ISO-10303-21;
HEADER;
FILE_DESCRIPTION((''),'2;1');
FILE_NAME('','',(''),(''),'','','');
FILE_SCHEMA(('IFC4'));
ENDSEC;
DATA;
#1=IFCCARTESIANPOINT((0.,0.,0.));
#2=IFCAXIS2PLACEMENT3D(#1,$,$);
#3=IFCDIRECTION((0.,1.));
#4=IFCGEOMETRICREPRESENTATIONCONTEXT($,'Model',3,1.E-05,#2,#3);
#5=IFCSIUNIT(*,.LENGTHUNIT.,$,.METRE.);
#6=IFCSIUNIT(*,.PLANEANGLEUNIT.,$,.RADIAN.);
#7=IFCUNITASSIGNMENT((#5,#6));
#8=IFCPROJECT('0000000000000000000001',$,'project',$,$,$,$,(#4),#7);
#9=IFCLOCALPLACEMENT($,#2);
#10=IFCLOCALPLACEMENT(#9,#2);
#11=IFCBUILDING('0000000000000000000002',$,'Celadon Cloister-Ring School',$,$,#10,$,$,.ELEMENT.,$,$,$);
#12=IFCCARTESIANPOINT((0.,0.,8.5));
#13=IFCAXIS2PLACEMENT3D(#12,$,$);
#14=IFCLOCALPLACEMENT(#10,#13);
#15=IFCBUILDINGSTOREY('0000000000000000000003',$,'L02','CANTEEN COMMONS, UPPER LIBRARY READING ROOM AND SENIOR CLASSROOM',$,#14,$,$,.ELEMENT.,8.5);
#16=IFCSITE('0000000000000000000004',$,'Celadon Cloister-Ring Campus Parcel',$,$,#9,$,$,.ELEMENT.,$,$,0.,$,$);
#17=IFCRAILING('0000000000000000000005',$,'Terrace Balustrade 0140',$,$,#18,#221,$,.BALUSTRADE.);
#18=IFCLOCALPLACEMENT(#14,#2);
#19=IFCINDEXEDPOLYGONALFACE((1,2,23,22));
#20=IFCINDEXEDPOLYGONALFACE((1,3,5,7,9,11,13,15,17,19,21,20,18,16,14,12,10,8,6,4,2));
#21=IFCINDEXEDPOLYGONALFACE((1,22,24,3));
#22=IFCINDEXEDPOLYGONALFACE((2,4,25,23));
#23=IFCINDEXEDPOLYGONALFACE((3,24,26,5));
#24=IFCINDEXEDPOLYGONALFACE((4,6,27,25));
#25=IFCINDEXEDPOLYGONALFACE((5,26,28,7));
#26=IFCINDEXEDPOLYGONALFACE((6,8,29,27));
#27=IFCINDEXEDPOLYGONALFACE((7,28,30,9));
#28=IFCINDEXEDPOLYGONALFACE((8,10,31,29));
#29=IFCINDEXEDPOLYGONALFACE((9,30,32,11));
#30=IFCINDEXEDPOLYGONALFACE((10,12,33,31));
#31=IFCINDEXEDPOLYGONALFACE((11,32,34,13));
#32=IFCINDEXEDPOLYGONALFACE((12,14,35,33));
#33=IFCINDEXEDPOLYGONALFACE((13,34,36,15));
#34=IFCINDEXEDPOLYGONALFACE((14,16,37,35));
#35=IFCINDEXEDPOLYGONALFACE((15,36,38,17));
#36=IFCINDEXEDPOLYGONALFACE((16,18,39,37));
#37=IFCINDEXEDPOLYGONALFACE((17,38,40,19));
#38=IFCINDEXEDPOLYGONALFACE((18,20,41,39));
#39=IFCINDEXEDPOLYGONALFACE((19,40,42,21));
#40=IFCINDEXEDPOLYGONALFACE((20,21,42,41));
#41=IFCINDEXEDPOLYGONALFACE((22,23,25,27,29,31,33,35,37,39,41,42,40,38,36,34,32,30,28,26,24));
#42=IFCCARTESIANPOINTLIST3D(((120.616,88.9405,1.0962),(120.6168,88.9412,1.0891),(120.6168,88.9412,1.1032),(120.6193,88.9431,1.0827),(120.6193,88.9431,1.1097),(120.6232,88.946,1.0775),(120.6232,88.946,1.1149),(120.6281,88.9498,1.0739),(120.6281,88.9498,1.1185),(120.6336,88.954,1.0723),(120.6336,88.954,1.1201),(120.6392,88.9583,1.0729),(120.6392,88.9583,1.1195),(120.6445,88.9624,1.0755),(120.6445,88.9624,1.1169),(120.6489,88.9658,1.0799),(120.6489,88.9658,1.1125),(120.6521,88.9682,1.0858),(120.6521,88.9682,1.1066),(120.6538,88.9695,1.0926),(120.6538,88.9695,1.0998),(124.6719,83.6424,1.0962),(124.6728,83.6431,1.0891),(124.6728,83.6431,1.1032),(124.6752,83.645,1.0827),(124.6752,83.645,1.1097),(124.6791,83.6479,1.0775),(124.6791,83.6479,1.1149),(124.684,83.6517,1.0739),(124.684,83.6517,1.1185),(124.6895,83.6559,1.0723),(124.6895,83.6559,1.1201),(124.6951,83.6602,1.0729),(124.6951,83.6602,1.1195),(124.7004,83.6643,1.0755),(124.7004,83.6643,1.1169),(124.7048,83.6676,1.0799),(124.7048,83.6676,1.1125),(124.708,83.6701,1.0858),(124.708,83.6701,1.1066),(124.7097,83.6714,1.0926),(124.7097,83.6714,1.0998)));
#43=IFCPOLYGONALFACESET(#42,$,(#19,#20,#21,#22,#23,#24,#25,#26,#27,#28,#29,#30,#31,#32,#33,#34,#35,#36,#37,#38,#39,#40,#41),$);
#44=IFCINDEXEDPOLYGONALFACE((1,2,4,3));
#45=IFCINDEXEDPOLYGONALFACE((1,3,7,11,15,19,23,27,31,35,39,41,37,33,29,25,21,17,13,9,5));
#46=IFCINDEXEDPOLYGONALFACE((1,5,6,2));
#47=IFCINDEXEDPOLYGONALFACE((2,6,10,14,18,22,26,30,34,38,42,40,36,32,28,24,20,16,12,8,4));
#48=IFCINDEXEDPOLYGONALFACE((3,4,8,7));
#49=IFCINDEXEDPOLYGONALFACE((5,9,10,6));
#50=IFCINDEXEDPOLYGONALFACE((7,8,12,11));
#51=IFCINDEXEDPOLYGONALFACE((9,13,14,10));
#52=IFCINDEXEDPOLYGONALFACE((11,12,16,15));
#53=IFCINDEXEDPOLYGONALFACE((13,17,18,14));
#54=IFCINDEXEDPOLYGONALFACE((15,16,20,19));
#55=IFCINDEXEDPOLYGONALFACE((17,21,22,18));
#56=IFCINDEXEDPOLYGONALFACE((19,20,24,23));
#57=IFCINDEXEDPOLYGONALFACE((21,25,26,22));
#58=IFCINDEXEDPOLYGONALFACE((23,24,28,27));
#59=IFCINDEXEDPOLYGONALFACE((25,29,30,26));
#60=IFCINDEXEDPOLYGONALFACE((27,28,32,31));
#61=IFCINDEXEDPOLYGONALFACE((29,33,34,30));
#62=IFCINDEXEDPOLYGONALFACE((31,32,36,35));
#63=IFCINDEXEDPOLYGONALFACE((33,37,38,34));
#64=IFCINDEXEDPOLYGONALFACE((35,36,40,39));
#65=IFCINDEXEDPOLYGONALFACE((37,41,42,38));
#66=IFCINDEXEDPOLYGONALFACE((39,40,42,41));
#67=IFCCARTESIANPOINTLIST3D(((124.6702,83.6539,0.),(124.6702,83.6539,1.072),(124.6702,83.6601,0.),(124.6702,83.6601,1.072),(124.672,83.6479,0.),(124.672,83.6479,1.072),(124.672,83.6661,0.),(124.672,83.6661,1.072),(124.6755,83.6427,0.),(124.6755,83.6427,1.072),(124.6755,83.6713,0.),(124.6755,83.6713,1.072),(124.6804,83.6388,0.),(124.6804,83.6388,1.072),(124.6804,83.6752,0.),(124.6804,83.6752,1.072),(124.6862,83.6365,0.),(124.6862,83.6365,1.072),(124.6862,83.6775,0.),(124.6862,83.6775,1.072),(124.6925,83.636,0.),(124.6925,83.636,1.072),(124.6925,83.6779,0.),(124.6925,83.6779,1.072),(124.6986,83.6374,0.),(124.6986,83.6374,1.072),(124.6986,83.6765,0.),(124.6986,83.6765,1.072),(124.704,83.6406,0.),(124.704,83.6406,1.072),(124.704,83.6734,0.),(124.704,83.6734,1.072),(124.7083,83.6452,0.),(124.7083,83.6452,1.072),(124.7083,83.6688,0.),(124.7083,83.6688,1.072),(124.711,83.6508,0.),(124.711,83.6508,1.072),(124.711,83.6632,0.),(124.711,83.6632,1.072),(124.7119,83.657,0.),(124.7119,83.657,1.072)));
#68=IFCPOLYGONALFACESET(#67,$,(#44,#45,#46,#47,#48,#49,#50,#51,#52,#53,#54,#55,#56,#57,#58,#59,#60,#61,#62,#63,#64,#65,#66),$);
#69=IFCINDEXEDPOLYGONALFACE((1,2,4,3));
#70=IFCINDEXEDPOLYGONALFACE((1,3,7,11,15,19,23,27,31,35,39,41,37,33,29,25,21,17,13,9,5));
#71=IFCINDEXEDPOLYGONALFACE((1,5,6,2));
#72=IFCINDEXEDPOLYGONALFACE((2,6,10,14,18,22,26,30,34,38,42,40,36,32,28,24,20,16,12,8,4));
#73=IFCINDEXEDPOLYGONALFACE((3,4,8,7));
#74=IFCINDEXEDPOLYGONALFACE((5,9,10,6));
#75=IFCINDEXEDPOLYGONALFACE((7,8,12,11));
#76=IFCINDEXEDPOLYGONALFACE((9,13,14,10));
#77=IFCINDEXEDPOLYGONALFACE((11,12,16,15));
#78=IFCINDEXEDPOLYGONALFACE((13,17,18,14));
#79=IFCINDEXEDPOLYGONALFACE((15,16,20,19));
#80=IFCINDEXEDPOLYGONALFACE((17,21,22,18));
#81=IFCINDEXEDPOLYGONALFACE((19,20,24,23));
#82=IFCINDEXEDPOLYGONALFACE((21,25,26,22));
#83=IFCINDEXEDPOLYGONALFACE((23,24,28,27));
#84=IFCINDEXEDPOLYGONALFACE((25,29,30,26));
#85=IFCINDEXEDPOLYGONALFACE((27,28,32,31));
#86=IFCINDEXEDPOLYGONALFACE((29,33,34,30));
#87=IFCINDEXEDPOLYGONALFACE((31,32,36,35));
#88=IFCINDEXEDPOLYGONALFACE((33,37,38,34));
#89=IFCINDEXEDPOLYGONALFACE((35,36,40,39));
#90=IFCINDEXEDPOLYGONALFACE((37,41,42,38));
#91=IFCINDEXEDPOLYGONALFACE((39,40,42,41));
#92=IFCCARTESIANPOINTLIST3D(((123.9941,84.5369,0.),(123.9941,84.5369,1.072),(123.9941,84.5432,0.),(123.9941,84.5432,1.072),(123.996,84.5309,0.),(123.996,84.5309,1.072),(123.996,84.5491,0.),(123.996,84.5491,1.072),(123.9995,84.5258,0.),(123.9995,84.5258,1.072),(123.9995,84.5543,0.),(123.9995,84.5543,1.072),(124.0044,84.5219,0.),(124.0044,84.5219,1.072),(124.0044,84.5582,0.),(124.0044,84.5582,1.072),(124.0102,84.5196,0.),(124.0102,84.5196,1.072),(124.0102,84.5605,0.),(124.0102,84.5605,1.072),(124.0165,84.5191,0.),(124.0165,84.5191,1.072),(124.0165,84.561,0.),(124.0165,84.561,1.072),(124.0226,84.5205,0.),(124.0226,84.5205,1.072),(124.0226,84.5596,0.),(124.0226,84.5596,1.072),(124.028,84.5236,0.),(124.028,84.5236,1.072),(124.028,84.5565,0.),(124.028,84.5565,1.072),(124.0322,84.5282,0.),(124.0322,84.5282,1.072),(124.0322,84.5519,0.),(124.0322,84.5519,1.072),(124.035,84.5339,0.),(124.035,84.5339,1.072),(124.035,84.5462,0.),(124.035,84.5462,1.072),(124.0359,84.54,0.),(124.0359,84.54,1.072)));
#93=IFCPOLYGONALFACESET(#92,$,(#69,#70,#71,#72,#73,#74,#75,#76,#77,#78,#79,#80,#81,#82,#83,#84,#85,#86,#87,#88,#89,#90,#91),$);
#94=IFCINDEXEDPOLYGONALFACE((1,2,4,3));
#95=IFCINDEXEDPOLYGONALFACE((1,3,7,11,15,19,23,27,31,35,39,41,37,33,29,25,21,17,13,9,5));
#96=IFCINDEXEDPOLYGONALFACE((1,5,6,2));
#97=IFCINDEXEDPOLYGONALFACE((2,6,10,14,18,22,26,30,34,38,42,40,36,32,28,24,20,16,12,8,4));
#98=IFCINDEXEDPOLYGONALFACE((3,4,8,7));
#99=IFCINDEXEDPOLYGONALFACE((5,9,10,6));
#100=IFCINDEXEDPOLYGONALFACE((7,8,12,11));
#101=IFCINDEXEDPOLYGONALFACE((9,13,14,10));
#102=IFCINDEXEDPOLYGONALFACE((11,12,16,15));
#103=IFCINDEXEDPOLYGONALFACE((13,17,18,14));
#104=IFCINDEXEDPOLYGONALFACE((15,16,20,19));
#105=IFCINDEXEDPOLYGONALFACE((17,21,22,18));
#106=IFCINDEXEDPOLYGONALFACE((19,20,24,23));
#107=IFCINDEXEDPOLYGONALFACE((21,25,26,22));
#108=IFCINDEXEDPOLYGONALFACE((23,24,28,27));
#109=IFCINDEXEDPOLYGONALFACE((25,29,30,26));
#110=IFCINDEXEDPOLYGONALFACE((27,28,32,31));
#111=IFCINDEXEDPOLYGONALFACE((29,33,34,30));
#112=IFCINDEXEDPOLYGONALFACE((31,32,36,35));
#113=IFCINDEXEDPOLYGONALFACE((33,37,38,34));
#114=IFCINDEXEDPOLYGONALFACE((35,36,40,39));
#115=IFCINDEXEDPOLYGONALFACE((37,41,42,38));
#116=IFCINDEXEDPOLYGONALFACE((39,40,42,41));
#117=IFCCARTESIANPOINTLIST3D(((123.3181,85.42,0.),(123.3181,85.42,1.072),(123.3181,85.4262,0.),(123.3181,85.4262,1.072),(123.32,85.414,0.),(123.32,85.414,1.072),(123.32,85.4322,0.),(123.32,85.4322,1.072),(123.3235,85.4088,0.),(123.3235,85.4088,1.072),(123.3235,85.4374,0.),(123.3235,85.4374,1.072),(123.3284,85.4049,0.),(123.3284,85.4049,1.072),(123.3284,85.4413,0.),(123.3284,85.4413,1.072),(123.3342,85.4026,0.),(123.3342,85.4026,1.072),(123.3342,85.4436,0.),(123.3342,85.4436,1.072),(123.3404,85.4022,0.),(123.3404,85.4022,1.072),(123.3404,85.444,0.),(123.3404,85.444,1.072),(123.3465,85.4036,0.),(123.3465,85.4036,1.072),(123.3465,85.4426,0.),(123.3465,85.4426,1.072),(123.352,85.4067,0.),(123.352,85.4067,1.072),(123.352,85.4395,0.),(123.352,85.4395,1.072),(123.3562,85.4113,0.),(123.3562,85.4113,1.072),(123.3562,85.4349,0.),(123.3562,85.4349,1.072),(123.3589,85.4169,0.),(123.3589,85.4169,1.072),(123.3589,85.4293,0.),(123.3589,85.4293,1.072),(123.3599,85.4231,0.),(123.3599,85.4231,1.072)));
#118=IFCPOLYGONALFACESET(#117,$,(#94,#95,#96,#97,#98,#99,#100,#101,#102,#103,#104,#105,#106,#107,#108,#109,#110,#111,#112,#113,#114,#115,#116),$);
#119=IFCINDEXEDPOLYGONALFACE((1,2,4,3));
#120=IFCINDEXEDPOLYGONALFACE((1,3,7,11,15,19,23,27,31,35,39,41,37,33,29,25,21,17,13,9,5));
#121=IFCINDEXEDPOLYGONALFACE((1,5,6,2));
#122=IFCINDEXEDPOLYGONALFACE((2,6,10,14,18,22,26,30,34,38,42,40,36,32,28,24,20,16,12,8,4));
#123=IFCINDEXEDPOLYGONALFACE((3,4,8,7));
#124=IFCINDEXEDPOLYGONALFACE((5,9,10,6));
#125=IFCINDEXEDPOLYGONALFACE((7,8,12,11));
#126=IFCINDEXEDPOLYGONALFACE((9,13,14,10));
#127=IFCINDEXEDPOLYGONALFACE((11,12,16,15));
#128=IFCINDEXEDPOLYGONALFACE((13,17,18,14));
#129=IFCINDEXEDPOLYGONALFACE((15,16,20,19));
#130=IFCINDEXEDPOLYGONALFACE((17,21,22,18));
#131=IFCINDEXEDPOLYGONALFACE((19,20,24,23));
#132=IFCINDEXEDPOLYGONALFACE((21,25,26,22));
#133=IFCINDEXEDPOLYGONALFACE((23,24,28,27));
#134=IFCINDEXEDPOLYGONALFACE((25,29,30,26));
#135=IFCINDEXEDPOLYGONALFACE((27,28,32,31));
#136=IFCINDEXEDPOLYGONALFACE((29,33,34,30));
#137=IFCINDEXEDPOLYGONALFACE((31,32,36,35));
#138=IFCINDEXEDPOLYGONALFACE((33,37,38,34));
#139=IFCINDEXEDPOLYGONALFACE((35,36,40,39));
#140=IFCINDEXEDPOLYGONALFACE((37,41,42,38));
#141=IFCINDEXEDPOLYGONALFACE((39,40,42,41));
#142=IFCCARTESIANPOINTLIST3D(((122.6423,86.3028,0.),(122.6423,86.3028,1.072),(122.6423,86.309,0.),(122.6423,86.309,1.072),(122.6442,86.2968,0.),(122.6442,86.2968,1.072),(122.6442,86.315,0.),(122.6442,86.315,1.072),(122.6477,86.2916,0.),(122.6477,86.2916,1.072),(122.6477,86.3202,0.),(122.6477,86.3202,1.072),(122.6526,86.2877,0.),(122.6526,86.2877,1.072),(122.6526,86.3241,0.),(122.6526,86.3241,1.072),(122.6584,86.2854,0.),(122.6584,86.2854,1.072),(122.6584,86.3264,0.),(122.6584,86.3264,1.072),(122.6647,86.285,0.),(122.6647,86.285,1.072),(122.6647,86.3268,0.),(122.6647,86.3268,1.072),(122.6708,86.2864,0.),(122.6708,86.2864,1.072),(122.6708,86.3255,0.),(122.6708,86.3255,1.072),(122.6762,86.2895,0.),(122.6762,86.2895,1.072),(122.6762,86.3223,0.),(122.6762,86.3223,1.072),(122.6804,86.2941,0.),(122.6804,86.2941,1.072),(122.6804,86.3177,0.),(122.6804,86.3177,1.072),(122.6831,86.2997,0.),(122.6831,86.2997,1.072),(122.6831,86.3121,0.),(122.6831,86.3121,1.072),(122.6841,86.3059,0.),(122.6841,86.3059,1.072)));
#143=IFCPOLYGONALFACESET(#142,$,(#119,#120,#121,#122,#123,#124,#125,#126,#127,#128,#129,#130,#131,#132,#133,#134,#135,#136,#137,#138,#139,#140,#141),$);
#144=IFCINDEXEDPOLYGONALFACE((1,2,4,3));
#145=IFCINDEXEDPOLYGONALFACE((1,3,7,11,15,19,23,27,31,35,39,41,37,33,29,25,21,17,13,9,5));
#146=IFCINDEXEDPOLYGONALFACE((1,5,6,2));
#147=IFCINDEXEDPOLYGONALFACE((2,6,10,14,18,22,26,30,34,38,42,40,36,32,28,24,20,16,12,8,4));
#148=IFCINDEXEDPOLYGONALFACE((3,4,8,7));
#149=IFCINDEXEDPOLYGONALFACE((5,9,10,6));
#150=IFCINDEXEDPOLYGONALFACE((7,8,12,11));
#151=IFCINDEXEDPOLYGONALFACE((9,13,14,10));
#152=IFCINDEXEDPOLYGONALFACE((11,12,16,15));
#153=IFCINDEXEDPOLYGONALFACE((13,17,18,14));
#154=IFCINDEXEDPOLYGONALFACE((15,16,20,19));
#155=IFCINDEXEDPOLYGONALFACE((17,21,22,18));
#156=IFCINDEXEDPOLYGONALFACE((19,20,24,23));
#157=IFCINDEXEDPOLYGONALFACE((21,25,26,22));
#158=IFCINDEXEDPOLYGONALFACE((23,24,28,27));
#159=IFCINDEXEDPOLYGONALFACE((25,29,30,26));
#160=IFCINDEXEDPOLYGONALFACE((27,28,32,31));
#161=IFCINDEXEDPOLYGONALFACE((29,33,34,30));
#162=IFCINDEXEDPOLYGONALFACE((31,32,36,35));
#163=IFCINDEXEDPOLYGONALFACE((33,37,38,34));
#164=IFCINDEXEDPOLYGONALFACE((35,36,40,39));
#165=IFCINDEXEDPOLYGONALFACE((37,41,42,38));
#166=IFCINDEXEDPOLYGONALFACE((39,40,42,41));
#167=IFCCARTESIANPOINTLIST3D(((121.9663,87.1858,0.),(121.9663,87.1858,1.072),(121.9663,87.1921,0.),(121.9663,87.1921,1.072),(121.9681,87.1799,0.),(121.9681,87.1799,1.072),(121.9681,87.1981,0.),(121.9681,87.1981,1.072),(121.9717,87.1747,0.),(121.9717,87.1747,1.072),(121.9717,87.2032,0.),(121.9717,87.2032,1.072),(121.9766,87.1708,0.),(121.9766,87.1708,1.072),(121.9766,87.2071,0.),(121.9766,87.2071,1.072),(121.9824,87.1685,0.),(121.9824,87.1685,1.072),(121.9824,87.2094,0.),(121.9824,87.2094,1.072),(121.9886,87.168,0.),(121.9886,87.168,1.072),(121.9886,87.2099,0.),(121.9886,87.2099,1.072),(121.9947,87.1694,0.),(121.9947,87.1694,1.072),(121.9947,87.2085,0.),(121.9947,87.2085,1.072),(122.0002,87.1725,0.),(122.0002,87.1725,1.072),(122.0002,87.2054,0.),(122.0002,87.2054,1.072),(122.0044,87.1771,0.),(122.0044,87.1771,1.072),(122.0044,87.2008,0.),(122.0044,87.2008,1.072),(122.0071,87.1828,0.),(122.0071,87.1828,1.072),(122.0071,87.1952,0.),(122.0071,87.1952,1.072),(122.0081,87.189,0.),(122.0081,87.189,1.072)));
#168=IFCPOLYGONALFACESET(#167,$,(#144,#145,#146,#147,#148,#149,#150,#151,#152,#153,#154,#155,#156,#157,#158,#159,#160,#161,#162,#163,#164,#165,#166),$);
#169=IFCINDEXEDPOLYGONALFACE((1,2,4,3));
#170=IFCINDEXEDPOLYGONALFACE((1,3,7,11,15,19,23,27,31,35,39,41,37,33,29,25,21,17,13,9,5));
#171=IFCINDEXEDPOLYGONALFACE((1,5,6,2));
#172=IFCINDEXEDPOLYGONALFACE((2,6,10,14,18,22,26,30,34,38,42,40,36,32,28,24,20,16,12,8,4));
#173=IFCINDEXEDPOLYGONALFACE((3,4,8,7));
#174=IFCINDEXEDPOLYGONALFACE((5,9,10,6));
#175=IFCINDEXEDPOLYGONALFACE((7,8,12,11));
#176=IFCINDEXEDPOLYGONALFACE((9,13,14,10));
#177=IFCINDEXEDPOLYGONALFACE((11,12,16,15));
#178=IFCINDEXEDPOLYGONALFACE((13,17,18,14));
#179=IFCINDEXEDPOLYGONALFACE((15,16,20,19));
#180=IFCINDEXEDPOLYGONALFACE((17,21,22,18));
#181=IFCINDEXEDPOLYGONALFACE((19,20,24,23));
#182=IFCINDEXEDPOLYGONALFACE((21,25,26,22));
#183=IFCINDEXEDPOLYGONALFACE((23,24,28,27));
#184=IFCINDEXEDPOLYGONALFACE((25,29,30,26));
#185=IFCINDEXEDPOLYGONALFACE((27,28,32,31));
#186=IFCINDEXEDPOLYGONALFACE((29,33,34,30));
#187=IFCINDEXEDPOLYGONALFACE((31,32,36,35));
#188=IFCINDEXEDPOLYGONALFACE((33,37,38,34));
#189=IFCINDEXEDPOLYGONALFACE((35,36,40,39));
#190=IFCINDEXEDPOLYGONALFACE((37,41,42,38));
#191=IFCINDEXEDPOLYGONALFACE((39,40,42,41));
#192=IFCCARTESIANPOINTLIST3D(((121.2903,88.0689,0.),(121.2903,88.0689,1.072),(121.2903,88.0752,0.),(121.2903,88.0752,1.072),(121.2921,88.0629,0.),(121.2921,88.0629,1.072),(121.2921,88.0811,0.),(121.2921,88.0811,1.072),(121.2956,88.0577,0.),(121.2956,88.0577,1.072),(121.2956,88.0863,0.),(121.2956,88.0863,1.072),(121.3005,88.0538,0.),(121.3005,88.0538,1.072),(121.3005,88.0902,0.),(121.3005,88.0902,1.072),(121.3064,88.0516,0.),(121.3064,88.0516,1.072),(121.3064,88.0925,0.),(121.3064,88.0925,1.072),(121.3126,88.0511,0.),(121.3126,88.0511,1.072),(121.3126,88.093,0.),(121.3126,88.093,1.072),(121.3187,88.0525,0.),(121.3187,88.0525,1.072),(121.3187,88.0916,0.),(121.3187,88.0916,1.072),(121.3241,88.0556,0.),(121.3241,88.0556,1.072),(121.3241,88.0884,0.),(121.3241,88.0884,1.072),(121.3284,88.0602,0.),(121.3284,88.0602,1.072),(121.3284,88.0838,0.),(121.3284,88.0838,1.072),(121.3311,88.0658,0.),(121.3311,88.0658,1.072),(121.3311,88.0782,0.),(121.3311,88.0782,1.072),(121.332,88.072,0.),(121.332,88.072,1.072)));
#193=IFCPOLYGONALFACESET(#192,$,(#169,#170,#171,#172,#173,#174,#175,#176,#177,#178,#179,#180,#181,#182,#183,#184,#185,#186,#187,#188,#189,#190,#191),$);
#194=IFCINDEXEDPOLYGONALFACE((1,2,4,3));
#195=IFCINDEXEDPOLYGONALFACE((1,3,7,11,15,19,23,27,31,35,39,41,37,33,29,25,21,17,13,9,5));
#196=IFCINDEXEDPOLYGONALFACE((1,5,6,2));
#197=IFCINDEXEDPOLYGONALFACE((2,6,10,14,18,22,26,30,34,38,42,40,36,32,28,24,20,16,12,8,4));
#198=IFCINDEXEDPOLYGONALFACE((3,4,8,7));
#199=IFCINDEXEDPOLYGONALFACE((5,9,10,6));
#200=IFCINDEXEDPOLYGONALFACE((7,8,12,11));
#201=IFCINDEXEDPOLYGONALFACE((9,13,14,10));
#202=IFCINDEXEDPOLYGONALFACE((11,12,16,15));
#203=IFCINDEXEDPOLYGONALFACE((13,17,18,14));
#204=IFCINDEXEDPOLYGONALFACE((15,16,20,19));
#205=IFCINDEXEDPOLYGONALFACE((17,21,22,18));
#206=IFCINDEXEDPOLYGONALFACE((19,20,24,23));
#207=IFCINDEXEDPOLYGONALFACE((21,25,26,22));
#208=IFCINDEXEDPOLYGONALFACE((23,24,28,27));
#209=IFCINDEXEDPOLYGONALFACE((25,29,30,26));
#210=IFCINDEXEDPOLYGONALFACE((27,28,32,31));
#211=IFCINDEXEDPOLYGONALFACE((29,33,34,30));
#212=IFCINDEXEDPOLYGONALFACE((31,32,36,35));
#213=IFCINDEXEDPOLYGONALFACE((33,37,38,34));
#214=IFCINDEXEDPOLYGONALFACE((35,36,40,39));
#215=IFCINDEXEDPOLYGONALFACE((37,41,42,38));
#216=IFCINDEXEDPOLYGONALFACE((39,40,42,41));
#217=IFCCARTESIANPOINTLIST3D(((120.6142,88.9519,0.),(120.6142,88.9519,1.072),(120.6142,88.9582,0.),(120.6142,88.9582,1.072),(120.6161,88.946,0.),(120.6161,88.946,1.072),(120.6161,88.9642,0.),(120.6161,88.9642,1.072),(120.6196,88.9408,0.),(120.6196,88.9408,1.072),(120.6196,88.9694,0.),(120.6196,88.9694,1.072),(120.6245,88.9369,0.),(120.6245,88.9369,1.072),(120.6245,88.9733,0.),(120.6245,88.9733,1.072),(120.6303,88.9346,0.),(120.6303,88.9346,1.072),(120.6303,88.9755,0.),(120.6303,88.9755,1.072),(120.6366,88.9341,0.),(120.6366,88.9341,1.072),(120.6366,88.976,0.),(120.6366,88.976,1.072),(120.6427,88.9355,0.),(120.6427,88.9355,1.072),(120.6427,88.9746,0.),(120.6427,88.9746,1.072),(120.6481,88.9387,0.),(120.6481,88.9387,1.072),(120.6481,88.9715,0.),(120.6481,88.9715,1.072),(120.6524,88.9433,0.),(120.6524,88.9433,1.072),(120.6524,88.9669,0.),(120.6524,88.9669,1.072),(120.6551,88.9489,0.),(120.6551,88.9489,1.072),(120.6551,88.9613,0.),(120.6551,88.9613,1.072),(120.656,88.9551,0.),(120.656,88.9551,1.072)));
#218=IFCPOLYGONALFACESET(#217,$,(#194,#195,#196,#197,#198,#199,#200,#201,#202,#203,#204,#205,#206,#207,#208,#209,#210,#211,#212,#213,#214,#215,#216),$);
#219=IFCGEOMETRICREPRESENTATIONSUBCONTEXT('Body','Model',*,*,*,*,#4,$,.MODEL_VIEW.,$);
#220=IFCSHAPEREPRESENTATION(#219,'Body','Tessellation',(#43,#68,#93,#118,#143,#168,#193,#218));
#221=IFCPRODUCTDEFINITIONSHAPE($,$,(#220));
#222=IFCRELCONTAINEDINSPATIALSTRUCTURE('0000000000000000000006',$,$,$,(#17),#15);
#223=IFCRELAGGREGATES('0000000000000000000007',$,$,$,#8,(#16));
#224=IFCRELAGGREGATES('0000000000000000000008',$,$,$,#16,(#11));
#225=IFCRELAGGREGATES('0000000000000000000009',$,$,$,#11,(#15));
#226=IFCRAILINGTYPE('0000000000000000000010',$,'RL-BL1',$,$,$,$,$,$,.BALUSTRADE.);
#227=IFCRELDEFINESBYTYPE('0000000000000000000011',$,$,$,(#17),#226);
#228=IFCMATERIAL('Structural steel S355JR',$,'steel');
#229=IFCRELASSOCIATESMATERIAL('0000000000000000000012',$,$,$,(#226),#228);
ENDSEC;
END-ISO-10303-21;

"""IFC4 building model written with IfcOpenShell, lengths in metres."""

from ifc_helpers import new_model, si_unit, direction, frame, origin, origin_2d, place, context, subcontext, project, spatial, circle, extrude, material, type_object, element, save


model = new_model("IFC4")

# Units and contexts
model_context = context("Model", 3, precision=1e-05, world=origin(), true_north=direction((0.0, 1.0)))
body_context = subcontext(model_context, "Body", "Model", "MODEL_VIEW")
ifc_project = project(units=[si_unit("LENGTHUNIT", "METRE"), si_unit("PLANEANGLEUNIT", "RADIAN")], contexts=[model_context])

# Site, building, storey
site_placement = place(None, origin())
site = spatial("IfcSite", under=ifc_project, at=site_placement, Name="Celadon Cloister-Ring Campus Parcel", CompositionType="ELEMENT", RefElevation=0.0)
building_placement = place(site_placement, origin())
building = spatial("IfcBuilding", under=site, at=building_placement, Name="Celadon Cloister-Ring School", CompositionType="ELEMENT")
storey_placement = place(building_placement, frame((0.0, 0.0, 8.5)))
storey = spatial("IfcBuildingStorey", under=building, at=storey_placement, Name="L02", Description="CANTEEN COMMONS, UPPER LIBRARY READING ROOM AND SENIOR CLASSROOM", CompositionType="ELEMENT", Elevation=8.5)

# Railing
ifc_material_1 = material(Name="Structural steel S355JR", Category="steel")
railing_type = type_object("IfcRailingType", Name="RL-BL1", PredefinedType="BALUSTRADE", material=ifc_material_1)
railing_1_placement = place(storey_placement, frame((124.6909, 83.657, 0.0)))
element("IfcRailing", 1, at=railing_1_placement, inside=storey, type_object=railing_type, Name="Terrace Balustrade 0140", PredefinedType="BALUSTRADE", context=body_context, shape_type="SweptSolid", body=[
    extrude(circle(Radius=0.0239, at=origin_2d()), frame((0.0, 0.0, 1.0962), z_axis=(-0.607868, 0.794038, 0.0), x_axis=(-0.794038, -0.607868, 0.0)), (0.0, 0.0, 1.0), 6.6724),
    extrude(circle(Radius=0.021, at=origin_2d()), origin(), (0.0, 0.0, 1.0), 1.072),
    extrude(circle(Radius=0.021, at=origin_2d()), frame((-0.676, 0.8831, 0.0)), (0.0, 0.0, 1.0), 1.072),
    extrude(circle(Radius=0.021, at=origin_2d()), frame((-1.3521, 1.7661, 0.0)), (0.0, 0.0, 1.0), 1.072),
    extrude(circle(Radius=0.021, at=origin_2d()), frame((-2.0278, 2.6489, 0.0)), (0.0, 0.0, 1.0), 1.072),
    extrude(circle(Radius=0.021, at=origin_2d()), frame((-2.7039, 3.532, 0.0)), (0.0, 0.0, 1.0), 1.072),
    extrude(circle(Radius=0.021, at=origin_2d()), frame((-3.3799, 4.415, 0.0)), (0.0, 0.0, 1.0), 1.072),
    extrude(circle(Radius=0.021, at=origin_2d()), frame((-4.0559, 5.2981, 0.0)), (0.0, 0.0, 1.0), 1.072),
])

save(model, "model.ifc")
